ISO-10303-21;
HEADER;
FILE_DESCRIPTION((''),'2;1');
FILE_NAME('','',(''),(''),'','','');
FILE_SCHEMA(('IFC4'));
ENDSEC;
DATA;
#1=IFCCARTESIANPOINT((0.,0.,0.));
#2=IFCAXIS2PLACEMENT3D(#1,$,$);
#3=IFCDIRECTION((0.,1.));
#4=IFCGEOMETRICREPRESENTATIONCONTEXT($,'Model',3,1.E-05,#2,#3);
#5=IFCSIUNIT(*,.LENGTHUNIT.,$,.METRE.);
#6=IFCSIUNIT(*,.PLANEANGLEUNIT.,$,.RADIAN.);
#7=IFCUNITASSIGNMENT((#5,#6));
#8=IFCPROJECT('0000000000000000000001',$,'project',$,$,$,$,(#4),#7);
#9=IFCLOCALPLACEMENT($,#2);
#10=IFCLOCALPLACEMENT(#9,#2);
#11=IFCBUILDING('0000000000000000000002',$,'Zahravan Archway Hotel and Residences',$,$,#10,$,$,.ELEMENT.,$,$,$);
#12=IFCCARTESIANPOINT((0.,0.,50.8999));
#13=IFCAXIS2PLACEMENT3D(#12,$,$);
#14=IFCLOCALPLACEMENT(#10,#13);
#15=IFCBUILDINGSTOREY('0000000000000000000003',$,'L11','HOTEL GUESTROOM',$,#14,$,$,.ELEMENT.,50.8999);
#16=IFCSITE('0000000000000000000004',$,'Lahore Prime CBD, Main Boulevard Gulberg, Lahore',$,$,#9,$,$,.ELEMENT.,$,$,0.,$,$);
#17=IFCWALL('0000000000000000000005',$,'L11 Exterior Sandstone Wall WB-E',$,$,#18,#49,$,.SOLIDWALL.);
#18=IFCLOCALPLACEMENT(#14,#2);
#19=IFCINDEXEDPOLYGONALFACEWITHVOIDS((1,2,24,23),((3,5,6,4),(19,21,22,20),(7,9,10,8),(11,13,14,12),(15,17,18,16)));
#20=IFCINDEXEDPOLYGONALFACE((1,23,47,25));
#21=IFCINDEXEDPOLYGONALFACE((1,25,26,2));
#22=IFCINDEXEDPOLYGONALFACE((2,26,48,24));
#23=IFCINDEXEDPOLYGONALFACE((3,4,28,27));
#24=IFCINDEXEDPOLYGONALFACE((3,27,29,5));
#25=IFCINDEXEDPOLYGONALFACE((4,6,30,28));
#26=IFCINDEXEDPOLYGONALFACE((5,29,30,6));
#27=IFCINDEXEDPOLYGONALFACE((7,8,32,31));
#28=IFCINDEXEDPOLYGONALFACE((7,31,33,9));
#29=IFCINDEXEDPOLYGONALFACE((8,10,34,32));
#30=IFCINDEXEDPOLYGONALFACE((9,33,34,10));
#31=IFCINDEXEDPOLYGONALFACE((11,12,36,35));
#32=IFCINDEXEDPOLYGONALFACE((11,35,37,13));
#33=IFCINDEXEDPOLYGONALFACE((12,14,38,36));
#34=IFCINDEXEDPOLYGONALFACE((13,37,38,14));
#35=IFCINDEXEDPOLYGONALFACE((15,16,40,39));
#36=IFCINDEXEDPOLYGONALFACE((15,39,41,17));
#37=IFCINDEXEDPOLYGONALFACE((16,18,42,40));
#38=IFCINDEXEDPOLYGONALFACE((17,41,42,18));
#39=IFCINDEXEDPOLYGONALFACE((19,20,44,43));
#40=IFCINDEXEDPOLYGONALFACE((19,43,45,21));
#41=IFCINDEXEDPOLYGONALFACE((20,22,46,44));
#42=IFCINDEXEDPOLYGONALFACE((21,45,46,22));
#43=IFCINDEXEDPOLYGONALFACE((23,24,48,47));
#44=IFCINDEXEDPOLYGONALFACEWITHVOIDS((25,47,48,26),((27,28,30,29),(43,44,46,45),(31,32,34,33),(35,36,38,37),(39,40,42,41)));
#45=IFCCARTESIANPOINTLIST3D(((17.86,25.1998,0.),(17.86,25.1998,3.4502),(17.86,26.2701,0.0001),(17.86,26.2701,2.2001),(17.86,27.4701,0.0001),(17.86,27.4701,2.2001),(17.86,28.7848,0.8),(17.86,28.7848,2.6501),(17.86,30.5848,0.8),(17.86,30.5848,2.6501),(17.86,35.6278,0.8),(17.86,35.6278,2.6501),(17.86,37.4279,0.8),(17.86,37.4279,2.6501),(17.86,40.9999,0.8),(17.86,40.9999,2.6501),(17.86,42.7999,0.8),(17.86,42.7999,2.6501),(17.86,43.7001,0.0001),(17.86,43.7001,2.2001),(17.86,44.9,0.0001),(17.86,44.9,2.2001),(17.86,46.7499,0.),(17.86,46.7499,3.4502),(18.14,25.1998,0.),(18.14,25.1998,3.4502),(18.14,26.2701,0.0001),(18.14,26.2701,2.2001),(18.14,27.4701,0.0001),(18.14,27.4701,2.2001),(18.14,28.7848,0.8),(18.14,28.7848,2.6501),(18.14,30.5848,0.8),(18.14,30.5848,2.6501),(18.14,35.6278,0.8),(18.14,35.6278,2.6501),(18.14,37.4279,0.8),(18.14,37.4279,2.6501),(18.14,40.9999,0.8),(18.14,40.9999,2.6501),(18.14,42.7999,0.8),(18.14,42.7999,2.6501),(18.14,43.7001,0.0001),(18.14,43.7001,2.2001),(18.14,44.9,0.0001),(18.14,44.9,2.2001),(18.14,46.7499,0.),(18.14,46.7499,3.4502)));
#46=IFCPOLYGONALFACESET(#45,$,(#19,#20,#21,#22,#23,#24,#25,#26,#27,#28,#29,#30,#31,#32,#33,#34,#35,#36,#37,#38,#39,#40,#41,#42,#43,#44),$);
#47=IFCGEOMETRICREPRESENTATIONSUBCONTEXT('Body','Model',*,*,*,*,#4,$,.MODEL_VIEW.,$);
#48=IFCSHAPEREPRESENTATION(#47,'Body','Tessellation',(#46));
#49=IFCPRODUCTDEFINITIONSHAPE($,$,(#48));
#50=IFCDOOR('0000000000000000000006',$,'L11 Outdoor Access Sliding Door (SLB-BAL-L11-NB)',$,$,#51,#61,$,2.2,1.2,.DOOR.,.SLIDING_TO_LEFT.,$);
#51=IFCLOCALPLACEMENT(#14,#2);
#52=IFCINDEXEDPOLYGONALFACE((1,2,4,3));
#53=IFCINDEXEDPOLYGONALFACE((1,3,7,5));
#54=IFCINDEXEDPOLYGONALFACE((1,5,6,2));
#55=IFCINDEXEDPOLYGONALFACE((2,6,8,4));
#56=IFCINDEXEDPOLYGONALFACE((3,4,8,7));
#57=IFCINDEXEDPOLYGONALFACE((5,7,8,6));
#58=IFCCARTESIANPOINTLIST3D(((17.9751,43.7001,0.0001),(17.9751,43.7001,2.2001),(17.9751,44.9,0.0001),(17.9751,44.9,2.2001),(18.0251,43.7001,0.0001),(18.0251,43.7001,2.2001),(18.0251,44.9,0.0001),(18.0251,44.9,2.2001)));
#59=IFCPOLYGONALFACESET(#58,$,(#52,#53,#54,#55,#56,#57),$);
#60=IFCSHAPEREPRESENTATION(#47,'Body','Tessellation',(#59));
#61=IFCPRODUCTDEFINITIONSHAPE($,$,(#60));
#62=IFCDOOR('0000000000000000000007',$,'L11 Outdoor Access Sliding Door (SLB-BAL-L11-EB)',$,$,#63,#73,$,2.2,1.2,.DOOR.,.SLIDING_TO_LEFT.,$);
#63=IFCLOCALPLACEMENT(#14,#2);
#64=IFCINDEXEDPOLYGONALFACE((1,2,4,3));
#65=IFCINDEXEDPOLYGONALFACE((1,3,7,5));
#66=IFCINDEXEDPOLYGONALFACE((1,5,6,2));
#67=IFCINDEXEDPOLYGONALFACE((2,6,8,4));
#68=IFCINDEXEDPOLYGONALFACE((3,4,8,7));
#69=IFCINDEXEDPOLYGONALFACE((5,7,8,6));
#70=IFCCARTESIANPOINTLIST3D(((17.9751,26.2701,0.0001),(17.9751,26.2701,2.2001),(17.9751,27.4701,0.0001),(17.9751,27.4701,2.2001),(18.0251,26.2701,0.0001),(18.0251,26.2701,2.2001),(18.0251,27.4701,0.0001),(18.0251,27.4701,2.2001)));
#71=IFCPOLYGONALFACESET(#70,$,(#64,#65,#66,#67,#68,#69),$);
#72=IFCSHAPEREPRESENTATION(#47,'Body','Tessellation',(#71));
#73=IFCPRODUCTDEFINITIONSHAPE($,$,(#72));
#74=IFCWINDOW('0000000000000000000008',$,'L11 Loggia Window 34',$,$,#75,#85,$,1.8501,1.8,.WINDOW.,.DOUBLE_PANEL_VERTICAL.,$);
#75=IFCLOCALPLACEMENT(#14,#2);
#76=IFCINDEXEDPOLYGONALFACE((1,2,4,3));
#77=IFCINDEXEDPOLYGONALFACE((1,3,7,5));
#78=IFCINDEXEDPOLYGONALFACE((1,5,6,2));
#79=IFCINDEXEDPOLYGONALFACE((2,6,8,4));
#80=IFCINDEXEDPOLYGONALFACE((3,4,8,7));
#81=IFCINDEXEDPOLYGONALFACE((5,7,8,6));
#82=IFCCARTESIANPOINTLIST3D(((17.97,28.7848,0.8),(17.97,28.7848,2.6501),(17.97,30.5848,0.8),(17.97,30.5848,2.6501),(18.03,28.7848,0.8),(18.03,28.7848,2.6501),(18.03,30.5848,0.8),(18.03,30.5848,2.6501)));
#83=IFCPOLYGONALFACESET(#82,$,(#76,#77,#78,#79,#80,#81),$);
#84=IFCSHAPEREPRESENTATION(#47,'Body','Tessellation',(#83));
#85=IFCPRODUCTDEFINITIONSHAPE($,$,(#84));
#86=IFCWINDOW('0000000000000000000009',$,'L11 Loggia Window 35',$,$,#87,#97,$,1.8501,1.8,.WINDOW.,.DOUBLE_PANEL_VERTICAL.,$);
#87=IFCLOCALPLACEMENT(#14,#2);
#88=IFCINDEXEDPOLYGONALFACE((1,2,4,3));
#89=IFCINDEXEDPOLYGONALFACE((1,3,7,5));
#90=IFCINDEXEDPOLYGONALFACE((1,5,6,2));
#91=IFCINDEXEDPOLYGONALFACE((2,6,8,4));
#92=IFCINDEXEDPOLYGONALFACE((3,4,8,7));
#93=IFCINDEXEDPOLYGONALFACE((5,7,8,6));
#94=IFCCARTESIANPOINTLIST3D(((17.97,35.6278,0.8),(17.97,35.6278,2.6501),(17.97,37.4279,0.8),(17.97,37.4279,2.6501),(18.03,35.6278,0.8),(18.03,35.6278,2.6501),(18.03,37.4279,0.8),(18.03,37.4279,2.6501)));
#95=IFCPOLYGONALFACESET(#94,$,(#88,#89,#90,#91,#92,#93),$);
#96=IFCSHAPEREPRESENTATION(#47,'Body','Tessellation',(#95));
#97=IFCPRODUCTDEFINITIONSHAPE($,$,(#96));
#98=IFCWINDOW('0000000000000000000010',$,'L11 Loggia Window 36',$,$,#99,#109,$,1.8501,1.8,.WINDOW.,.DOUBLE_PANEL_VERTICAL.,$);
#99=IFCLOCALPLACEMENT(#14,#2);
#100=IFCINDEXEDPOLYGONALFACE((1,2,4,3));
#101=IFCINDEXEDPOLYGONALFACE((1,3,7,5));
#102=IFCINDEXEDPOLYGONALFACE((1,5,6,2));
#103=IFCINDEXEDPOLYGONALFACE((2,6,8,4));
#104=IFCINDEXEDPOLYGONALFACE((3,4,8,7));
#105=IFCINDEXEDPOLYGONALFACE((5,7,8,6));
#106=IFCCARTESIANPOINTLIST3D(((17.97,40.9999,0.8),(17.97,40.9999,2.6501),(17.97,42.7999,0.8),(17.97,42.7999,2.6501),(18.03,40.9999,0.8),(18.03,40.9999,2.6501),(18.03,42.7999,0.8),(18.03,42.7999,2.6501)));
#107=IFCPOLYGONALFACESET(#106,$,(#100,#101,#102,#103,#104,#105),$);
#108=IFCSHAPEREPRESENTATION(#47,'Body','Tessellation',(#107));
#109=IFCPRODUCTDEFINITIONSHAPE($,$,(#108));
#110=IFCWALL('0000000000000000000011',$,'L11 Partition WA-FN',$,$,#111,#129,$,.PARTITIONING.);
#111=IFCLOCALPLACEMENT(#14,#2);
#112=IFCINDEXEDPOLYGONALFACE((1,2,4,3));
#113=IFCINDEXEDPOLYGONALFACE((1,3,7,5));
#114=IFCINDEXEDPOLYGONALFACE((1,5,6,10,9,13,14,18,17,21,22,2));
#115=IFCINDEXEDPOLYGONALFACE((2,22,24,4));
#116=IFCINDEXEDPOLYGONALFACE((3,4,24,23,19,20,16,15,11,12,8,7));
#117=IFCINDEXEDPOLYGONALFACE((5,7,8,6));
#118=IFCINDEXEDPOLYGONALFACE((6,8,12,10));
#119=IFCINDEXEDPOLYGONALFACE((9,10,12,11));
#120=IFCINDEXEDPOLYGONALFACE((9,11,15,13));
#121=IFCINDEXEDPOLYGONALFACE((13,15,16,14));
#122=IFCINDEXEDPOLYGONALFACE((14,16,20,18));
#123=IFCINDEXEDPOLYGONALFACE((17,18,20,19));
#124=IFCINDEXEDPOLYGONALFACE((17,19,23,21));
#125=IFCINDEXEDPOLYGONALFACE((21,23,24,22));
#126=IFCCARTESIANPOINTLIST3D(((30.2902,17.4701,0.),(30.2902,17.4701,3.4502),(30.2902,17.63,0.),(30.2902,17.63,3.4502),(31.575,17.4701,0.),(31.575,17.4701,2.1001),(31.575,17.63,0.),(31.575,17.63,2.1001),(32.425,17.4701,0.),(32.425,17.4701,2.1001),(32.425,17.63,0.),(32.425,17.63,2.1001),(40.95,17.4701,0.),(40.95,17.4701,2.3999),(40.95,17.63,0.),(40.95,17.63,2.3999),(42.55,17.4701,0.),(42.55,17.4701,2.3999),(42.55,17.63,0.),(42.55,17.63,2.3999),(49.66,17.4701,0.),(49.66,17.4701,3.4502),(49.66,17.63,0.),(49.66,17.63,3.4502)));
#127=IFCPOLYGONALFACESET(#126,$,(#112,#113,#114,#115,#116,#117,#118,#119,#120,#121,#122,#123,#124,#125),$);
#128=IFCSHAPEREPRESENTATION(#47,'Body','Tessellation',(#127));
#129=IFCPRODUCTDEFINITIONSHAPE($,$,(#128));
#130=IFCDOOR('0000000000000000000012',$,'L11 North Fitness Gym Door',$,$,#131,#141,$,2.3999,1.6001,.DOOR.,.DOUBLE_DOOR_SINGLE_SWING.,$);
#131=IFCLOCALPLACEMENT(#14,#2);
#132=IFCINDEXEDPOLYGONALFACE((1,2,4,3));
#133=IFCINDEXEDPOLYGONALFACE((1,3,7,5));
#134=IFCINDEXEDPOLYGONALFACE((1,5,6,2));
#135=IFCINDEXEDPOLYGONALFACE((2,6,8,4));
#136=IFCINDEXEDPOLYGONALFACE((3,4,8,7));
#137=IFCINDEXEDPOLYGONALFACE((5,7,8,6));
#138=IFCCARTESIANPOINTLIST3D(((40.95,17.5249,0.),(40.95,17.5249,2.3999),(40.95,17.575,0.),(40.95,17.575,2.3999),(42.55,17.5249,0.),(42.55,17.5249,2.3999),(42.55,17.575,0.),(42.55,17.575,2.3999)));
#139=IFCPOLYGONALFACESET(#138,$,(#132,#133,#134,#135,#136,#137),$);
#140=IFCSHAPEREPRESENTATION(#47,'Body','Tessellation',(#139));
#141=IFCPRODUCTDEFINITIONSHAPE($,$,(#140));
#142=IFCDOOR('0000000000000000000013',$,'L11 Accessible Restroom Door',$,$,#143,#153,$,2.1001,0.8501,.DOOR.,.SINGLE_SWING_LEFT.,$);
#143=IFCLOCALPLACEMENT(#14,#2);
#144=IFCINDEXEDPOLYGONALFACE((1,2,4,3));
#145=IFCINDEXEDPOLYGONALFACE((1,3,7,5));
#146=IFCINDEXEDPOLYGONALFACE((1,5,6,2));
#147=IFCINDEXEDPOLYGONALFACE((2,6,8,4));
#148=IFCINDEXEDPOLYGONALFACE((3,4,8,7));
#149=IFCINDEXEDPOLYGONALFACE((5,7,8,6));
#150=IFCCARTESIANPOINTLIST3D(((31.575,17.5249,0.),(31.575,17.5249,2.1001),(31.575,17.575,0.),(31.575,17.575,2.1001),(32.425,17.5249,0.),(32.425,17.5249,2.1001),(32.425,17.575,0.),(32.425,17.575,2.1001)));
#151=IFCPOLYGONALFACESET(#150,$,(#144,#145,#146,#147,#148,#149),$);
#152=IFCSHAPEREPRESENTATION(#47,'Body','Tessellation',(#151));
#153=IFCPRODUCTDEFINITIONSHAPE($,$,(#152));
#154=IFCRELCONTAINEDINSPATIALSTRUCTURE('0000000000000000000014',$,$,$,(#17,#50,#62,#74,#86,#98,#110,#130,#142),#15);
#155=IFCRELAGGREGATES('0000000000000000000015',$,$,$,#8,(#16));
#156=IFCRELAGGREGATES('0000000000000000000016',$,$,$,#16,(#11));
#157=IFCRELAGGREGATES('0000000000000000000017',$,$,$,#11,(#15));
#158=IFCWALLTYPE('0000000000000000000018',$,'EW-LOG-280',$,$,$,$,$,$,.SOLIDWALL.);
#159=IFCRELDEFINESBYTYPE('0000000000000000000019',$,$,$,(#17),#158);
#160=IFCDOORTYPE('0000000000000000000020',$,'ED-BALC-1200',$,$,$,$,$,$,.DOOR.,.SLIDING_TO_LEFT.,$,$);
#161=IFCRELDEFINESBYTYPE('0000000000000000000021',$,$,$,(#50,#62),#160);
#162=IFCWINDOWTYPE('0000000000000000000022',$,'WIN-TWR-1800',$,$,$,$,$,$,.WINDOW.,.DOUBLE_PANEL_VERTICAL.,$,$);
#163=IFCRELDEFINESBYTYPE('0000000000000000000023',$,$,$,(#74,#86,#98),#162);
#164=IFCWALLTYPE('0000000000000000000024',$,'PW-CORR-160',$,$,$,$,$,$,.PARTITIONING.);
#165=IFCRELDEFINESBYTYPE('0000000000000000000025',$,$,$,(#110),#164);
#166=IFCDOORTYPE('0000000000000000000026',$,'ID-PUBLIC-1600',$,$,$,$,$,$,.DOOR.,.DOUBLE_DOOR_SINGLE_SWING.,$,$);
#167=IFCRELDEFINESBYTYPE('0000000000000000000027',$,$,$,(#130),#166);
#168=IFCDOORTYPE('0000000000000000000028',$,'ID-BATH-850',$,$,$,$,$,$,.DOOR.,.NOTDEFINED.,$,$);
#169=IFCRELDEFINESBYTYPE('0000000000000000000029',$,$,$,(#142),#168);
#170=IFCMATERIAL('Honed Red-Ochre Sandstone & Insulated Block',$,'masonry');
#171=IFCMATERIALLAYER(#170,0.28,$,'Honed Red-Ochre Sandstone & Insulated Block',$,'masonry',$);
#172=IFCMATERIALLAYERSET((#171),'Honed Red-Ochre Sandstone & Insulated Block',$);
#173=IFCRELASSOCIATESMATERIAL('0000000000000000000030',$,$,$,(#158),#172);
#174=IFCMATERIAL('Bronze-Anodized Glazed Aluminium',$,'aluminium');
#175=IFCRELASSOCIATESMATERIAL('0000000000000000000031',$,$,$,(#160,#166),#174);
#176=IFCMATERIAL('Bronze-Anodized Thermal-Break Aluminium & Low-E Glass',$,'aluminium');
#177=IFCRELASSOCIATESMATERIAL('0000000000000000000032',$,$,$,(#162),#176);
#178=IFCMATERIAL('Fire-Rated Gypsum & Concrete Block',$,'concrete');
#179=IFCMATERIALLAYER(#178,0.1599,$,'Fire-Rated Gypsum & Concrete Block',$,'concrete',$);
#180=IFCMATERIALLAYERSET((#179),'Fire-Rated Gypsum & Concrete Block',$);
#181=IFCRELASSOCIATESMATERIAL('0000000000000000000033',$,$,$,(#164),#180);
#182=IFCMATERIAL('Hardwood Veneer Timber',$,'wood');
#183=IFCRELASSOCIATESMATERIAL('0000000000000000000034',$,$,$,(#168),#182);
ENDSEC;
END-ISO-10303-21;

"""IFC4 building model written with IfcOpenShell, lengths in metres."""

from ifc_helpers import new_model, si_unit, direction, frame, frame_2d, origin, place, context, subcontext, project, spatial, rectangle, extrude, source, transform, mapped, material, layer, layer_set, type_object, type_shapes, element, fill, save


model = new_model("IFC4")

# Units and contexts
model_context = context("Model", 3, precision=1e-05, world=origin(), true_north=direction((0.0, 1.0)))
body_context = subcontext(model_context, "Body", "Model", "MODEL_VIEW")
ifc_project = project(units=[si_unit("LENGTHUNIT", "METRE"), si_unit("PLANEANGLEUNIT", "RADIAN")], contexts=[model_context])

# Site, building, storey
site_placement = place(None, origin())
site = spatial("IfcSite", under=ifc_project, at=site_placement, Name="Lahore Prime CBD, Main Boulevard Gulberg, Lahore", CompositionType="ELEMENT", RefElevation=0.0)
building_placement = place(site_placement, origin())
building = spatial("IfcBuilding", under=site, at=building_placement, Name="Zahravan Archway Hotel and Residences", CompositionType="ELEMENT")
storey_placement = place(building_placement, frame((0.0, 0.0, 50.8999)))
storey = spatial("IfcBuildingStorey", under=building, at=storey_placement, Name="L11", Description="HOTEL GUESTROOM", CompositionType="ELEMENT", Elevation=50.8999)

# Wall, openings, doors, windows
ifc_material_1 = material(Name="Honed Red-Ochre Sandstone & Insulated Block", Category="masonry")
ifc_layer_1 = layer(ifc_material_1, 0.28, Name="Honed Red-Ochre Sandstone & Insulated Block", Category="masonry")
ifc_layer_set_1 = layer_set([ifc_layer_1], Name="Honed Red-Ochre Sandstone & Insulated Block")
wall_type_1 = type_object("IfcWallType", Name="EW-LOG-280", PredefinedType="SOLIDWALL", material=ifc_layer_set_1)
wall_1_placement = place(storey_placement, frame((18.0, 25.2, 0.0), z_axis=(0.0, 0.0, 1.0), x_axis=(0.0, 1.0, 0.0)))
wall_1 = element("IfcWall", 1, at=wall_1_placement, inside=storey, type_object=wall_type_1, Name="L11 Exterior Sandstone Wall WB-E", PredefinedType="SOLIDWALL", context=body_context, shape_type="SweptSolid", body=[
    extrude(rectangle(XDim=21.55, YDim=0.28, at=frame_2d((10.7749, 0.0))), origin(), (0.0, 0.0, 1.0), 3.4502),
])
opening_1_placement = place(wall_1_placement, frame((18.5, 0.0, 0.0)))
opening_1 = element("IfcOpeningElement", 2, at=opening_1_placement, cuts=wall_1, PredefinedType="OPENING", context=body_context, shape_type="SweptSolid", body=[
    extrude(rectangle(XDim=1.2, YDim=2.2, at=frame_2d((0.6001, 1.1001))), frame((0.0, 0.1499, 0.0), z_axis=(0.0, -1.0, 0.0), x_axis=(1.0, 0.0, 0.0)), (0.0, 0.0, 1.0), 0.3),
])
opening_2_placement = place(wall_1_placement, frame((1.0701, 0.0, 0.0)))
opening_2 = element("IfcOpeningElement", 3, at=opening_2_placement, cuts=wall_1, PredefinedType="OPENING", context=body_context, shape_type="SweptSolid", body=[
    extrude(rectangle(XDim=1.2, YDim=2.2, at=frame_2d((0.6001, 1.1001))), frame((0.0, 0.1499, 0.0), z_axis=(0.0, -1.0, 0.0), x_axis=(1.0, 0.0, 0.0)), (0.0, 0.0, 1.0), 0.3),
])
opening_3_placement = place(wall_1_placement, frame((3.585, 0.0, 0.8)))
opening_3 = element("IfcOpeningElement", 4, at=opening_3_placement, cuts=wall_1, PredefinedType="OPENING", context=body_context, shape_type="SweptSolid", body=[
    extrude(rectangle(XDim=1.8, YDim=1.8501, at=frame_2d((0.8999, 0.925))), frame((0.0, 0.1499, 0.0), z_axis=(0.0, -1.0, 0.0), x_axis=(1.0, 0.0, 0.0)), (0.0, 0.0, 1.0), 0.3),
])
opening_4_placement = place(wall_1_placement, frame((10.428, 0.0, 0.8)))
opening_4 = element("IfcOpeningElement", 5, at=opening_4_placement, cuts=wall_1, PredefinedType="OPENING", context=body_context, shape_type="SweptSolid", body=[
    extrude(rectangle(XDim=1.8, YDim=1.8501, at=frame_2d((0.8999, 0.925))), frame((0.0, 0.1499, 0.0), z_axis=(0.0, -1.0, 0.0), x_axis=(1.0, 0.0, 0.0)), (0.0, 0.0, 1.0), 0.3),
])
opening_5_placement = place(wall_1_placement, frame((15.8, 0.0, 0.8)))
opening_5 = element("IfcOpeningElement", 6, at=opening_5_placement, cuts=wall_1, PredefinedType="OPENING", context=body_context, shape_type="SweptSolid", body=[
    extrude(rectangle(XDim=1.8, YDim=1.8501, at=frame_2d((0.8999, 0.925))), frame((0.0, 0.1499, 0.0), z_axis=(0.0, -1.0, 0.0), x_axis=(1.0, 0.0, 0.0)), (0.0, 0.0, 1.0), 0.3),
])
ifc_material_2 = material(Name="Bronze-Anodized Glazed Aluminium", Category="aluminium")
door_type_1 = type_object("IfcDoorType", Name="ED-BALC-1200", OperationType="SLIDING_TO_LEFT", PredefinedType="DOOR", material=ifc_material_2)
shared_shape_1 = source(origin(), body_context, "Body", "SweptSolid", [
    extrude(rectangle(XDim=1.2, YDim=2.2, at=frame_2d((0.6001, 1.1001))), frame((0.0, 0.0249, 0.0), z_axis=(0.0, -1.0, 0.0), x_axis=(1.0, 0.0, 0.0)), (0.0, 0.0, 1.0), 0.05),
])
type_shapes(door_type_1, [shared_shape_1])
door_1_placement = place(opening_1_placement, origin())
door_1 = element("IfcDoor", 7, at=door_1_placement, inside=storey, type_object=door_type_1, Name="L11 Outdoor Access Sliding Door (SLB-BAL-L11-NB)", OperationType="SLIDING_TO_LEFT", OverallHeight=2.2, OverallWidth=1.2, PredefinedType="DOOR", context=body_context, shape_type="MappedRepresentation", body=[
    mapped(shared_shape_1, transform((0.0, 0.0, 0.0), scale=1.0)),
])
fill(opening_1, door_1)
door_2_placement = place(opening_2_placement, origin())
door_2 = element("IfcDoor", 8, at=door_2_placement, inside=storey, type_object=door_type_1, Name="L11 Outdoor Access Sliding Door (SLB-BAL-L11-EB)", OperationType="SLIDING_TO_LEFT", OverallHeight=2.2, OverallWidth=1.2, PredefinedType="DOOR", context=body_context, shape_type="MappedRepresentation", body=[
    mapped(shared_shape_1, transform((0.0, 0.0, 0.0), scale=1.0)),
])
fill(opening_2, door_2)
ifc_material_3 = material(Name="Bronze-Anodized Thermal-Break Aluminium & Low-E Glass", Category="aluminium")
window_type = type_object("IfcWindowType", Name="WIN-TWR-1800", PartitioningType="DOUBLE_PANEL_VERTICAL", PredefinedType="WINDOW", material=ifc_material_3)
shared_shape_2 = source(origin(), body_context, "Body", "SweptSolid", [
    extrude(rectangle(XDim=1.8, YDim=1.8501, at=frame_2d((0.8999, 0.925))), frame((0.0, 0.03, 0.0), z_axis=(0.0, -1.0, 0.0), x_axis=(1.0, 0.0, 0.0)), (0.0, 0.0, 1.0), 0.0601),
])
type_shapes(window_type, [shared_shape_2])
window_1_placement = place(opening_3_placement, origin())
window_1 = element("IfcWindow", 9, at=window_1_placement, inside=storey, type_object=window_type, Name="L11 Loggia Window 34", OverallHeight=1.8501, OverallWidth=1.8, PartitioningType="DOUBLE_PANEL_VERTICAL", PredefinedType="WINDOW", context=body_context, shape_type="MappedRepresentation", body=[
    mapped(shared_shape_2, transform((0.0, 0.0, 0.0), scale=1.0)),
])
fill(opening_3, window_1)
window_2_placement = place(opening_4_placement, origin())
window_2 = element("IfcWindow", 10, at=window_2_placement, inside=storey, type_object=window_type, Name="L11 Loggia Window 35", OverallHeight=1.8501, OverallWidth=1.8, PartitioningType="DOUBLE_PANEL_VERTICAL", PredefinedType="WINDOW", context=body_context, shape_type="MappedRepresentation", body=[
    mapped(shared_shape_2, transform((0.0, 0.0, 0.0), scale=1.0)),
])
fill(opening_4, window_2)
window_3_placement = place(opening_5_placement, origin())
window_3 = element("IfcWindow", 11, at=window_3_placement, inside=storey, type_object=window_type, Name="L11 Loggia Window 36", OverallHeight=1.8501, OverallWidth=1.8, PartitioningType="DOUBLE_PANEL_VERTICAL", PredefinedType="WINDOW", context=body_context, shape_type="MappedRepresentation", body=[
    mapped(shared_shape_2, transform((0.0, 0.0, 0.0), scale=1.0)),
])
fill(opening_5, window_3)

# Wall, openings, doors
ifc_material_4 = material(Name="Fire-Rated Gypsum & Concrete Block", Category="concrete")
ifc_layer_2 = layer(ifc_material_4, 0.1599, Name="Fire-Rated Gypsum & Concrete Block", Category="concrete")
ifc_layer_set_2 = layer_set([ifc_layer_2], Name="Fire-Rated Gypsum & Concrete Block")
wall_type_2 = type_object("IfcWallType", Name="PW-CORR-160", PredefinedType="PARTITIONING", material=ifc_layer_set_2)
wall_2_placement = place(storey_placement, frame((30.29, 17.55, 0.0), z_axis=(0.0, 0.0, 1.0), x_axis=(1.0, 0.0, 0.0)))
wall_2 = element("IfcWall", 12, at=wall_2_placement, inside=storey, type_object=wall_type_2, Name="L11 Partition WA-FN", PredefinedType="PARTITIONING", context=body_context, shape_type="SweptSolid", body=[
    extrude(rectangle(XDim=19.3699, YDim=0.1599, at=frame_2d((9.6851, 0.0))), origin(), (0.0, 0.0, 1.0), 3.4502),
])
opening_6_placement = place(wall_2_placement, frame((1.2849, 0.0, 0.0)))
opening_6 = element("IfcOpeningElement", 13, at=opening_6_placement, cuts=wall_2, PredefinedType="OPENING", context=body_context, shape_type="SweptSolid", body=[
    extrude(rectangle(XDim=0.8501, YDim=2.1001, at=frame_2d((0.425, 1.05))), frame((0.0, 0.0898, 0.0), z_axis=(0.0, -1.0, 0.0), x_axis=(1.0, 0.0, 0.0)), (0.0, 0.0, 1.0), 0.1799),
])
opening_7_placement = place(wall_2_placement, frame((10.6599, 0.0, 0.0)))
opening_7 = element("IfcOpeningElement", 14, at=opening_7_placement, cuts=wall_2, PredefinedType="OPENING", context=body_context, shape_type="SweptSolid", body=[
    extrude(rectangle(XDim=1.6001, YDim=2.3999, at=frame_2d((0.8, 1.2))), frame((0.0, 0.0898, 0.0), z_axis=(0.0, -1.0, 0.0), x_axis=(1.0, 0.0, 0.0)), (0.0, 0.0, 1.0), 0.1799),
])
door_type_2 = type_object("IfcDoorType", Name="ID-PUBLIC-1600", OperationType="DOUBLE_DOOR_SINGLE_SWING", PredefinedType="DOOR", material=ifc_material_2)
shared_shape_3 = source(origin(), body_context, "Body", "SweptSolid", [
    extrude(rectangle(XDim=1.6001, YDim=2.3999, at=frame_2d((0.8, 1.2))), frame((0.0, 0.0249, 0.0), z_axis=(0.0, -1.0, 0.0), x_axis=(1.0, 0.0, 0.0)), (0.0, 0.0, 1.0), 0.05),
])
type_shapes(door_type_2, [shared_shape_3])
door_3_placement = place(opening_7_placement, origin())
door_3 = element("IfcDoor", 15, at=door_3_placement, inside=storey, type_object=door_type_2, Name="L11 North Fitness Gym Door", OperationType="DOUBLE_DOOR_SINGLE_SWING", OverallHeight=2.3999, OverallWidth=1.6001, PredefinedType="DOOR", context=body_context, shape_type="MappedRepresentation", body=[
    mapped(shared_shape_3, transform((0.0, 0.0, 0.0), scale=1.0)),
])
fill(opening_7, door_3)
ifc_material_5 = material(Name="Hardwood Veneer Timber", Category="wood")
door_type_3 = type_object("IfcDoorType", Name="ID-BATH-850", OperationType="NOTDEFINED", PredefinedType="DOOR", material=ifc_material_5)
shared_shape_4 = source(origin(), body_context, "Body", "SweptSolid", [
    extrude(rectangle(XDim=0.8501, YDim=2.1001, at=frame_2d((0.425, 1.05))), frame((0.0, 0.0249, 0.0), z_axis=(0.0, -1.0, 0.0), x_axis=(1.0, 0.0, 0.0)), (0.0, 0.0, 1.0), 0.05),
])
type_shapes(door_type_3, [shared_shape_4])
door_4_placement = place(opening_6_placement, origin())
door_4 = element("IfcDoor", 16, at=door_4_placement, inside=storey, type_object=door_type_3, Name="L11 Accessible Restroom Door", OperationType="SINGLE_SWING_LEFT", OverallHeight=2.1001, OverallWidth=0.8501, PredefinedType="DOOR", context=body_context, shape_type="MappedRepresentation", body=[
    mapped(shared_shape_4, transform((0.0, 0.0, 0.0), scale=1.0)),
])
fill(opening_6, door_4)

save(model, "model.ifc")
